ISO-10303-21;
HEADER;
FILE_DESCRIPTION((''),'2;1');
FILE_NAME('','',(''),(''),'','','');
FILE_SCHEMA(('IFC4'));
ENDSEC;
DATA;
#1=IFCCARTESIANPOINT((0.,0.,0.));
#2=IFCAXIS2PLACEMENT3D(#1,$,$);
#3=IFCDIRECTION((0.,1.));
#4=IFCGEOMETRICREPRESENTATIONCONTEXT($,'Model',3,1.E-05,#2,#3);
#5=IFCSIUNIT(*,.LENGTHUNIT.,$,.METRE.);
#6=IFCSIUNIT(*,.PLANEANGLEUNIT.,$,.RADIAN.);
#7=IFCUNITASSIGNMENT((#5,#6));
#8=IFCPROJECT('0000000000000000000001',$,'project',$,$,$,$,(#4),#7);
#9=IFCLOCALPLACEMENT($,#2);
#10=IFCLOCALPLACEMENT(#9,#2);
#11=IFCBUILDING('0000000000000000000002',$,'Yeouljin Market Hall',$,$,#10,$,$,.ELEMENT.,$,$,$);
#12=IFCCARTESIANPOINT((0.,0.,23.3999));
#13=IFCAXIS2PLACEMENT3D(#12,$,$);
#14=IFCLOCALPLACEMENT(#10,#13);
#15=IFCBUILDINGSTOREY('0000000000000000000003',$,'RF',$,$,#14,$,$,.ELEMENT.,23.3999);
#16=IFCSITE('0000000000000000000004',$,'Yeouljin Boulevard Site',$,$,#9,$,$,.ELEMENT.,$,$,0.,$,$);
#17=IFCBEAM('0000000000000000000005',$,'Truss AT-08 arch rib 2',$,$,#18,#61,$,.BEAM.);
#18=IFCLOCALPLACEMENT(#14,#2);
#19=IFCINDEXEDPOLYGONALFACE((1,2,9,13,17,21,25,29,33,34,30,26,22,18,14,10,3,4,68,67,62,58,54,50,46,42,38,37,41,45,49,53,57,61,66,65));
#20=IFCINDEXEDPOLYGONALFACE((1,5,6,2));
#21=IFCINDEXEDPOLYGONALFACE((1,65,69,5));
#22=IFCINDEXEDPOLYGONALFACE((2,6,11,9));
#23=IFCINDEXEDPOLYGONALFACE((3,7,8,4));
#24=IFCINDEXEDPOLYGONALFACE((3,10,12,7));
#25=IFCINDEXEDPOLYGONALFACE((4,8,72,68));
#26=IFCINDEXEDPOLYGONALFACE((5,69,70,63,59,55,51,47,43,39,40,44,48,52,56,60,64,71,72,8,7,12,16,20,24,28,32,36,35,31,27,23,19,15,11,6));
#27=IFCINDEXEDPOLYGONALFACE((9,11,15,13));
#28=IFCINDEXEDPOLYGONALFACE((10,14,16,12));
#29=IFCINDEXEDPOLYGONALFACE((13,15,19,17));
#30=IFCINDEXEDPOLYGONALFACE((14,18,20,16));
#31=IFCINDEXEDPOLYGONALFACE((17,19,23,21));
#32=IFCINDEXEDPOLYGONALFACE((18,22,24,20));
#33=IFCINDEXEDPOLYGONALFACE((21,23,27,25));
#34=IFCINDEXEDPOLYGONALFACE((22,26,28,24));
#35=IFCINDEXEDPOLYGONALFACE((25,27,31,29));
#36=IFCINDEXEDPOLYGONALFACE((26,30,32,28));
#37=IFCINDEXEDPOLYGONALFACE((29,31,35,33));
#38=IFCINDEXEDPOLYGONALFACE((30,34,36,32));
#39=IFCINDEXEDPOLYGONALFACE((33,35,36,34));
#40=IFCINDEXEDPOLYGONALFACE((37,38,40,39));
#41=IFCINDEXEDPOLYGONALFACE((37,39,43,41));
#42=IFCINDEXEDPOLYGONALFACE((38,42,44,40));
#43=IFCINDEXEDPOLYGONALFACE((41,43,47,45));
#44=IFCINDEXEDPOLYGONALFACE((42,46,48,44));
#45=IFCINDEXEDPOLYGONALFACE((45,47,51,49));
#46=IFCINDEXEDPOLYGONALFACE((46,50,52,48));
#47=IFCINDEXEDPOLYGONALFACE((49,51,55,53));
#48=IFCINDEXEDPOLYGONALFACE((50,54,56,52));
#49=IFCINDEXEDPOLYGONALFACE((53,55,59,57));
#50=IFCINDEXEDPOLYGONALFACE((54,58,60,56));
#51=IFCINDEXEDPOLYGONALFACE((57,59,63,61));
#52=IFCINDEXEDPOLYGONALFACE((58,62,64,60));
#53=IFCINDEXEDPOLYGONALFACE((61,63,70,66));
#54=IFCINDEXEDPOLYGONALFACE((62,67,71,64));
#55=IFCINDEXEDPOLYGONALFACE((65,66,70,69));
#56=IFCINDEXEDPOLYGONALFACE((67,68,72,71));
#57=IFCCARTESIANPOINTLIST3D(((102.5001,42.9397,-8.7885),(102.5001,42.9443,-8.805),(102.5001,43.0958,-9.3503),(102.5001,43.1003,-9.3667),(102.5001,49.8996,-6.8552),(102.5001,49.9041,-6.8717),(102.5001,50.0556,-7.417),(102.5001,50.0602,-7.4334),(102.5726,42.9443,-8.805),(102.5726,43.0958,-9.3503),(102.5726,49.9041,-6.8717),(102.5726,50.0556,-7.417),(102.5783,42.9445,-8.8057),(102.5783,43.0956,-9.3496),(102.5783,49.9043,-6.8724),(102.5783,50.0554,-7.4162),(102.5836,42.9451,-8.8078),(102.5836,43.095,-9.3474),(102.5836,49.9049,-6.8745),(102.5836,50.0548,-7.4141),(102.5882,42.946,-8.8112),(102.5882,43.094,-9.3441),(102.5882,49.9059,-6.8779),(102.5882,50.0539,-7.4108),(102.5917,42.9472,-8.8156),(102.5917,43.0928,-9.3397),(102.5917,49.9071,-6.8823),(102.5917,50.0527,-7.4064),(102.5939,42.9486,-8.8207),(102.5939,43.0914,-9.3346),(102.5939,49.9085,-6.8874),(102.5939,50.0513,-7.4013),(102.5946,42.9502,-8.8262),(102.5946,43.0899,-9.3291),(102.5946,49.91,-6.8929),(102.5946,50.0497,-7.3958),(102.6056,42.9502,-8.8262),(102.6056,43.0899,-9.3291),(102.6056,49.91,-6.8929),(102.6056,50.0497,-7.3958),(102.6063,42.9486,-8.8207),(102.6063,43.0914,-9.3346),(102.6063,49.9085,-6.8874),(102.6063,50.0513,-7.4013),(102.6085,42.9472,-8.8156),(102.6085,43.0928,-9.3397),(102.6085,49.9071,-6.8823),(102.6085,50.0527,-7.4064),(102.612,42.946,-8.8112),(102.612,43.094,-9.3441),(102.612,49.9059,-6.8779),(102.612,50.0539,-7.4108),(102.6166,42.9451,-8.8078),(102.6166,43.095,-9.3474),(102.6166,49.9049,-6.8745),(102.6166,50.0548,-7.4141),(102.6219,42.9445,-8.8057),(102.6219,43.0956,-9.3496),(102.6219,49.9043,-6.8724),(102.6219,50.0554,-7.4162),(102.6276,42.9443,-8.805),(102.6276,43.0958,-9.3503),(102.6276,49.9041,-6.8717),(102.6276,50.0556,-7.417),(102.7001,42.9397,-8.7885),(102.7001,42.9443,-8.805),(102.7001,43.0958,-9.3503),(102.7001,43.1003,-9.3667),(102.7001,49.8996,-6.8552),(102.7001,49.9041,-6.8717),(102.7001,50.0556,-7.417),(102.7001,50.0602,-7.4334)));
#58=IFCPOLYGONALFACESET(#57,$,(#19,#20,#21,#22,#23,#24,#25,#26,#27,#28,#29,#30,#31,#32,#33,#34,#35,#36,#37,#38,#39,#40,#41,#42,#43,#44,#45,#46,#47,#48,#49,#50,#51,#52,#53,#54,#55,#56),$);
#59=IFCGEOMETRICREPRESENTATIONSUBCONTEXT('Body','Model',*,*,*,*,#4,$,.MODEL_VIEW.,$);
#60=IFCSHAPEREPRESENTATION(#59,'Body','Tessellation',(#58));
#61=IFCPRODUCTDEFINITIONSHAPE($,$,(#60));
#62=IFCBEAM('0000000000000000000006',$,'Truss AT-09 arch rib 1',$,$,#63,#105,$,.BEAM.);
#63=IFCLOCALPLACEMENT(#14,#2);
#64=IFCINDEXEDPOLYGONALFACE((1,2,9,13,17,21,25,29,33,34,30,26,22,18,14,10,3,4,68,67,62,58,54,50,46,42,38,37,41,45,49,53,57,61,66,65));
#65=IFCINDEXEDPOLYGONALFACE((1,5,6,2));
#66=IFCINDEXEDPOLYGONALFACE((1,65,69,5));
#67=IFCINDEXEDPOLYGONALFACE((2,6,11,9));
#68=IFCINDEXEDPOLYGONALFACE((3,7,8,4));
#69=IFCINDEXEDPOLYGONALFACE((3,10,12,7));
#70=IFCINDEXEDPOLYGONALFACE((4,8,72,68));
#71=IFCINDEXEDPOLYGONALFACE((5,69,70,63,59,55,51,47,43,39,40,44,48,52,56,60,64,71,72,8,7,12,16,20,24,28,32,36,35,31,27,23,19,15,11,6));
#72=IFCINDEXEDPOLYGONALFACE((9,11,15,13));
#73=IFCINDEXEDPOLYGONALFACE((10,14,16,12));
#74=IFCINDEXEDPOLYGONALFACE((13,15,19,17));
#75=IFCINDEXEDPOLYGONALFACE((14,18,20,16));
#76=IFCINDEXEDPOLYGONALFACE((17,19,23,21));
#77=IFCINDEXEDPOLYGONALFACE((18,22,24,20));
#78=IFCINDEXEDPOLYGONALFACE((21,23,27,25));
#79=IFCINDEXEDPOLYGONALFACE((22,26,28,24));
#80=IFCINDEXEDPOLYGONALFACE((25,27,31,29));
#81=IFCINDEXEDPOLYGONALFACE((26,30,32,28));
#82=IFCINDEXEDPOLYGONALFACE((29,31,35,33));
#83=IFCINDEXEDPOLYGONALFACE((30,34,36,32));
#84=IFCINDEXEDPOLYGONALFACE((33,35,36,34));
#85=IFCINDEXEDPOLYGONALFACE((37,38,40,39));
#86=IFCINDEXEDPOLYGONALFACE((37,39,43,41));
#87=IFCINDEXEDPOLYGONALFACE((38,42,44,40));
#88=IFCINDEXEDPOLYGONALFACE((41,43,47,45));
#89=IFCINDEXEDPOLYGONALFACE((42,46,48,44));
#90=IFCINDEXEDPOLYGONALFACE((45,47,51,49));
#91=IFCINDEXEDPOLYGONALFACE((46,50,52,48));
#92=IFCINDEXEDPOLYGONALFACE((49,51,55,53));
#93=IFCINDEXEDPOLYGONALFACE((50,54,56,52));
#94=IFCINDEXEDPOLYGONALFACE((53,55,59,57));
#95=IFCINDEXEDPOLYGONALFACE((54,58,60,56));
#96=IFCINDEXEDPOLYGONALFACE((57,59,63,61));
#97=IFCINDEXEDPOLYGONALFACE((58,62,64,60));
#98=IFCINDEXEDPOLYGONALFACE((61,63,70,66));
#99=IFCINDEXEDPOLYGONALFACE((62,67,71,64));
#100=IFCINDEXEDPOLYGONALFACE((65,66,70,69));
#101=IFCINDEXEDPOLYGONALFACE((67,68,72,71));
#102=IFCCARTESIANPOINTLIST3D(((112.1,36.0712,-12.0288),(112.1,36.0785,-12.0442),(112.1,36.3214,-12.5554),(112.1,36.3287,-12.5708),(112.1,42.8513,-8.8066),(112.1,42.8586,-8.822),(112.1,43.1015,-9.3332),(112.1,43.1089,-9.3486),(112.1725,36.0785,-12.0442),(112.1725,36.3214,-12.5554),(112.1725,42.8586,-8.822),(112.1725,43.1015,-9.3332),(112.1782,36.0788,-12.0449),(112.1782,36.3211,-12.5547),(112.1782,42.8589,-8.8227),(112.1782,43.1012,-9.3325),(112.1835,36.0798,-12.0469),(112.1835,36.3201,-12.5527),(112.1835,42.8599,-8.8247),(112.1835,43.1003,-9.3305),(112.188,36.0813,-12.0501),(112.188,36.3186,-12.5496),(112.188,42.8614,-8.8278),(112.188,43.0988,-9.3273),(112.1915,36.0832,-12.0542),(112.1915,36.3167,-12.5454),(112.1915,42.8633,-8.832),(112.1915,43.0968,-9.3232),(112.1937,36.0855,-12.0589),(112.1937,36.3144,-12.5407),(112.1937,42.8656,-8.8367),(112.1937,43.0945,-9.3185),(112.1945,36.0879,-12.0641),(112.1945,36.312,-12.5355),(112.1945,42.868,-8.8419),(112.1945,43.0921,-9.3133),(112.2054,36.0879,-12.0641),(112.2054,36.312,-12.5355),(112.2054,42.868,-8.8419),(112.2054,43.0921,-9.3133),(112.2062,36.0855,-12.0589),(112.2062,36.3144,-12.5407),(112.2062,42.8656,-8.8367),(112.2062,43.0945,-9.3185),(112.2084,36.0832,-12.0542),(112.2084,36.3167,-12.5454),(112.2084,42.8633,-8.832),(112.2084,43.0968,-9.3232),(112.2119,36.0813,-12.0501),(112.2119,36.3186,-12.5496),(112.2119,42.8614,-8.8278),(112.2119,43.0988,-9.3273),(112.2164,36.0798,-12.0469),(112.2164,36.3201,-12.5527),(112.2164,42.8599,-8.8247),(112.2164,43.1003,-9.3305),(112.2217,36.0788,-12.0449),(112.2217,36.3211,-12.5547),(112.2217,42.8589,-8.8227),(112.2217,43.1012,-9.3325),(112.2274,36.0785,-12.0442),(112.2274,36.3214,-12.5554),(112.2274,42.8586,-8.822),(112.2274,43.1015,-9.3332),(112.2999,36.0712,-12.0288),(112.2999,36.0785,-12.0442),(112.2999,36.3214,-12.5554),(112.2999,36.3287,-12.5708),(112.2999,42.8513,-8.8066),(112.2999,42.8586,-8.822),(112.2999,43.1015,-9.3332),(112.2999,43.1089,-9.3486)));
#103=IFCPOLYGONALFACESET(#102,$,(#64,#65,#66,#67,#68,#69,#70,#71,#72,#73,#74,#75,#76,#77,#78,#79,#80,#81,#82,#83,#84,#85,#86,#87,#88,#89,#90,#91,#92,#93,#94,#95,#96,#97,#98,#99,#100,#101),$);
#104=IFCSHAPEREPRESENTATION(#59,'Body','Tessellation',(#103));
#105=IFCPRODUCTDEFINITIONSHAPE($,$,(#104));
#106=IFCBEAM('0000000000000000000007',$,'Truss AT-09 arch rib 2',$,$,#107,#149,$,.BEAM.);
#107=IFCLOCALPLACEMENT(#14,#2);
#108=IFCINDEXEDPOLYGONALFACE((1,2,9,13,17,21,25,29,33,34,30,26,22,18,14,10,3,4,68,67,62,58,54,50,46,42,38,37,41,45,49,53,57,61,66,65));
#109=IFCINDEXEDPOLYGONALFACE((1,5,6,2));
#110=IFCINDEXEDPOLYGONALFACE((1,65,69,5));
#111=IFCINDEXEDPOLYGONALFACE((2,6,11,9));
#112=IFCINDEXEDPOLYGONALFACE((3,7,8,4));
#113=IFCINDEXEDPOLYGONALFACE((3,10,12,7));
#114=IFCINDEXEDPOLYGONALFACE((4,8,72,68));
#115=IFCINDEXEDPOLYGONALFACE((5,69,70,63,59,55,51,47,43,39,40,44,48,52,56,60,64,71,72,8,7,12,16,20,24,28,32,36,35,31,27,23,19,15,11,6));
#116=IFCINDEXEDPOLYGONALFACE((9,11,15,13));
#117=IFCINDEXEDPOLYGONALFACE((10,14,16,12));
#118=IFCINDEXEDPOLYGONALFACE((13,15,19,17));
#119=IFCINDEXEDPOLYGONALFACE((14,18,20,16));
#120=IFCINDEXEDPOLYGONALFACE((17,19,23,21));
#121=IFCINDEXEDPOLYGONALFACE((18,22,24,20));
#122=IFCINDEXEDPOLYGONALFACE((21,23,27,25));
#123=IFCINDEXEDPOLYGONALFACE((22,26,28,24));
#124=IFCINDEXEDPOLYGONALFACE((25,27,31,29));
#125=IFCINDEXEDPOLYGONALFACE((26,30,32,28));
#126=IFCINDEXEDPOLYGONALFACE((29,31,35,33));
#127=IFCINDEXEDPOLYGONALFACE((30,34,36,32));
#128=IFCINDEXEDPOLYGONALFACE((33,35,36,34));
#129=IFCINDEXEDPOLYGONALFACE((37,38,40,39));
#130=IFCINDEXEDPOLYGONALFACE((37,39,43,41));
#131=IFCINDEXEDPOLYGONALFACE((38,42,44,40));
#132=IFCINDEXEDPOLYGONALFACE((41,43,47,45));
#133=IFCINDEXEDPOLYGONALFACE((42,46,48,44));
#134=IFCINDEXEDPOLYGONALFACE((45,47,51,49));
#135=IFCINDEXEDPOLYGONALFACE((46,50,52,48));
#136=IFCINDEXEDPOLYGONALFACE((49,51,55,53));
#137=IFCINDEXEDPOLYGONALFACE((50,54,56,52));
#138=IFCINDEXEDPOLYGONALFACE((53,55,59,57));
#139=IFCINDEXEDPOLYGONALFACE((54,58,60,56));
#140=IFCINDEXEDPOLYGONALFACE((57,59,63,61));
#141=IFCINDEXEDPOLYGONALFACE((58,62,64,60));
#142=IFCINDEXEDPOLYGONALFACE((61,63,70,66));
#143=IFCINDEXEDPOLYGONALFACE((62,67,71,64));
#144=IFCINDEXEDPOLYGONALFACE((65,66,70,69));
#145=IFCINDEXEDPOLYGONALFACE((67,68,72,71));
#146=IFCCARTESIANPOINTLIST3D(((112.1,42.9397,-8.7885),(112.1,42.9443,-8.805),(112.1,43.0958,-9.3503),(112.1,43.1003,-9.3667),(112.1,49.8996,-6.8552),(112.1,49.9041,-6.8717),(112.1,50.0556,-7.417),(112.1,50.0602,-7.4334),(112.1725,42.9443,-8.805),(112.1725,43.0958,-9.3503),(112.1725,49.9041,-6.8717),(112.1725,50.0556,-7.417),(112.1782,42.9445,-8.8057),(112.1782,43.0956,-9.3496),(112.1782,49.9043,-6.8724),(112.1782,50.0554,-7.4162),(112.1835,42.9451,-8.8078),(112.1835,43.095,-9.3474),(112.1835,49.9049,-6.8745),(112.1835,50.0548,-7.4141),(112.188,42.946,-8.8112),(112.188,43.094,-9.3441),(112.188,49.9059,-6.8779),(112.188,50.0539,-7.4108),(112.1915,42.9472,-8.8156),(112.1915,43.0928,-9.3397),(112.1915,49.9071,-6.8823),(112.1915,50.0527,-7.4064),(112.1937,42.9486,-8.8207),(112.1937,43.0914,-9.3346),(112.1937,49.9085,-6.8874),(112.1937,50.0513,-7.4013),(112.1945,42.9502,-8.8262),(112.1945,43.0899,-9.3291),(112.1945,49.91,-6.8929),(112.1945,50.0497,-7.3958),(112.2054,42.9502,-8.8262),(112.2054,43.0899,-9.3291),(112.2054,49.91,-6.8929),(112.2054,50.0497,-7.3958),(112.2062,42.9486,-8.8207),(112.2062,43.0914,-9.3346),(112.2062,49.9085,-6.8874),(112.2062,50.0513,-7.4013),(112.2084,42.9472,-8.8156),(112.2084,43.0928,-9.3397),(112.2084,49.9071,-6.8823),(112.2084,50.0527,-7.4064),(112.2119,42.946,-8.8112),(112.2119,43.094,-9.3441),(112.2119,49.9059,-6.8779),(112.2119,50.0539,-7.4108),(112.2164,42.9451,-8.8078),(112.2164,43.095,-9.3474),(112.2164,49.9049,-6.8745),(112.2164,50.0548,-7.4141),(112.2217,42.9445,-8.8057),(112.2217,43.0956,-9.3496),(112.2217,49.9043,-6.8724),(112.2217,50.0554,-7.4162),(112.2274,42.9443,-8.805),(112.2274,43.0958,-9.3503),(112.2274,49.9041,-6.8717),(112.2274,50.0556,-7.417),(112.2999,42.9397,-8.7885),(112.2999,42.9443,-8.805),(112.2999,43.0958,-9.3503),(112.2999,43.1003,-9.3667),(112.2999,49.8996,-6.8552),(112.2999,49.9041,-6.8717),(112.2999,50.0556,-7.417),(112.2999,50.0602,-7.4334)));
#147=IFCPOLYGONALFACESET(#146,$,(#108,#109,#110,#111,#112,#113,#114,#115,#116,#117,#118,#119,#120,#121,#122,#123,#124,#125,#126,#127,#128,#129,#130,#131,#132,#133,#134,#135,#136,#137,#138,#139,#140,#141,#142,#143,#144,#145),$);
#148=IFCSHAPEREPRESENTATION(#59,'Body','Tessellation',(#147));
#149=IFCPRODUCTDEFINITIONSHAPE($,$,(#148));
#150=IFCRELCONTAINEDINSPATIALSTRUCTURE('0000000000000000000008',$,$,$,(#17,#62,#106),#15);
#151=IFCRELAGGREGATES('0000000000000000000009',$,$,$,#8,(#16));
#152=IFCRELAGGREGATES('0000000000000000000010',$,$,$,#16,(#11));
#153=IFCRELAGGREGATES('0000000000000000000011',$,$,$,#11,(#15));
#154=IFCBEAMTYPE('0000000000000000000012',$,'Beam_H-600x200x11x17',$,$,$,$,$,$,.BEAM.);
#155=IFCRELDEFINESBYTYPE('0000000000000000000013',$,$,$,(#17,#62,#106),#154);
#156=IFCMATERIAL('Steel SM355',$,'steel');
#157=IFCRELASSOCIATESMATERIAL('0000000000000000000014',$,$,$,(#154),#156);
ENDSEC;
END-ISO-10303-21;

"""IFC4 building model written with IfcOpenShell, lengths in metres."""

from ifc_helpers import new_model, si_unit, direction, frame, origin, origin_2d, place, context, subcontext, project, spatial, i_section, extrude, material, material_profile, profile_set, type_object, element, save


model = new_model("IFC4")

# Units and contexts
model_context = context("Model", 3, precision=1e-05, world=origin(), true_north=direction((0.0, 1.0)))
body_context = subcontext(model_context, "Body", "Model", "MODEL_VIEW")
ifc_project = project(units=[si_unit("LENGTHUNIT", "METRE"), si_unit("PLANEANGLEUNIT", "RADIAN")], contexts=[model_context])

# Site, building, storey
site_placement = place(None, origin())
site = spatial("IfcSite", under=ifc_project, at=site_placement, Name="Yeouljin Boulevard Site", CompositionType="ELEMENT", RefElevation=0.0)
building_placement = place(site_placement, origin())
building = spatial("IfcBuilding", under=site, at=building_placement, Name="Yeouljin Market Hall", CompositionType="ELEMENT")
storey_placement = place(building_placement, frame((0.0, 0.0, 23.3999)))
storey = spatial("IfcBuildingStorey", under=building, at=storey_placement, Name="RF", CompositionType="ELEMENT", Elevation=23.3999)

# Beams
ifc_material_1 = material(Name="Steel SM355", Category="steel")
ifc_material_profile_1 = material_profile(ifc_material_1, i_section(OverallWidth=0.2, OverallDepth=0.6001, WebThickness=0.011, FlangeThickness=0.0171, FilletRadius=0.022, at=origin_2d()), Name="H-600x200x11x17")
ifc_profile_set_1 = profile_set([ifc_material_profile_1], Name="Steel SM355")
beam_type_1 = type_object("IfcBeamType", Name="Beam_H-600x200x11x17", PredefinedType="BEAM", material=ifc_profile_set_1)
beam_1_placement = place(storey_placement, frame((102.6001, 43.02, -9.0776), z_axis=(0.0, 0.963517, 0.267647), x_axis=(-1.0, 0.0, 0.0)))
element("IfcBeam", 1, at=beam_1_placement, inside=storey, type_object=beam_type_1, Name="Truss AT-08 arch rib 2", PredefinedType="BEAM", context=body_context, shape_type="SweptSolid", body=[
    extrude(i_section(OverallWidth=0.2, OverallDepth=0.6001, WebThickness=0.011, FlangeThickness=0.0171, FilletRadius=0.022, at=origin_2d()), origin(), (0.0, 0.0, 1.0), 7.2234),
])
beam_2_placement = place(storey_placement, frame((112.2, 36.2, -12.2998), z_axis=(0.0, 0.903192, 0.429237), x_axis=(-1.0, 0.0, 0.0)))
element("IfcBeam", 2, at=beam_2_placement, inside=storey, type_object=beam_type_1, Name="Truss AT-09 arch rib 1", PredefinedType="BEAM", context=body_context, shape_type="SweptSolid", body=[
    extrude(i_section(OverallWidth=0.2, OverallDepth=0.6001, WebThickness=0.011, FlangeThickness=0.0171, FilletRadius=0.022, at=origin_2d()), origin(), (0.0, 0.0, 1.0), 7.5068),
])
beam_3_placement = place(storey_placement, frame((112.2, 43.02, -9.0776), z_axis=(0.0, 0.963517, 0.267647), x_axis=(-1.0, 0.0, 0.0)))
element("IfcBeam", 3, at=beam_3_placement, inside=storey, type_object=beam_type_1, Name="Truss AT-09 arch rib 2", PredefinedType="BEAM", context=body_context, shape_type="SweptSolid", body=[
    extrude(i_section(OverallWidth=0.2, OverallDepth=0.6001, WebThickness=0.011, FlangeThickness=0.0171, FilletRadius=0.022, at=origin_2d()), origin(), (0.0, 0.0, 1.0), 7.2234),
])

save(model, "model.ifc")
